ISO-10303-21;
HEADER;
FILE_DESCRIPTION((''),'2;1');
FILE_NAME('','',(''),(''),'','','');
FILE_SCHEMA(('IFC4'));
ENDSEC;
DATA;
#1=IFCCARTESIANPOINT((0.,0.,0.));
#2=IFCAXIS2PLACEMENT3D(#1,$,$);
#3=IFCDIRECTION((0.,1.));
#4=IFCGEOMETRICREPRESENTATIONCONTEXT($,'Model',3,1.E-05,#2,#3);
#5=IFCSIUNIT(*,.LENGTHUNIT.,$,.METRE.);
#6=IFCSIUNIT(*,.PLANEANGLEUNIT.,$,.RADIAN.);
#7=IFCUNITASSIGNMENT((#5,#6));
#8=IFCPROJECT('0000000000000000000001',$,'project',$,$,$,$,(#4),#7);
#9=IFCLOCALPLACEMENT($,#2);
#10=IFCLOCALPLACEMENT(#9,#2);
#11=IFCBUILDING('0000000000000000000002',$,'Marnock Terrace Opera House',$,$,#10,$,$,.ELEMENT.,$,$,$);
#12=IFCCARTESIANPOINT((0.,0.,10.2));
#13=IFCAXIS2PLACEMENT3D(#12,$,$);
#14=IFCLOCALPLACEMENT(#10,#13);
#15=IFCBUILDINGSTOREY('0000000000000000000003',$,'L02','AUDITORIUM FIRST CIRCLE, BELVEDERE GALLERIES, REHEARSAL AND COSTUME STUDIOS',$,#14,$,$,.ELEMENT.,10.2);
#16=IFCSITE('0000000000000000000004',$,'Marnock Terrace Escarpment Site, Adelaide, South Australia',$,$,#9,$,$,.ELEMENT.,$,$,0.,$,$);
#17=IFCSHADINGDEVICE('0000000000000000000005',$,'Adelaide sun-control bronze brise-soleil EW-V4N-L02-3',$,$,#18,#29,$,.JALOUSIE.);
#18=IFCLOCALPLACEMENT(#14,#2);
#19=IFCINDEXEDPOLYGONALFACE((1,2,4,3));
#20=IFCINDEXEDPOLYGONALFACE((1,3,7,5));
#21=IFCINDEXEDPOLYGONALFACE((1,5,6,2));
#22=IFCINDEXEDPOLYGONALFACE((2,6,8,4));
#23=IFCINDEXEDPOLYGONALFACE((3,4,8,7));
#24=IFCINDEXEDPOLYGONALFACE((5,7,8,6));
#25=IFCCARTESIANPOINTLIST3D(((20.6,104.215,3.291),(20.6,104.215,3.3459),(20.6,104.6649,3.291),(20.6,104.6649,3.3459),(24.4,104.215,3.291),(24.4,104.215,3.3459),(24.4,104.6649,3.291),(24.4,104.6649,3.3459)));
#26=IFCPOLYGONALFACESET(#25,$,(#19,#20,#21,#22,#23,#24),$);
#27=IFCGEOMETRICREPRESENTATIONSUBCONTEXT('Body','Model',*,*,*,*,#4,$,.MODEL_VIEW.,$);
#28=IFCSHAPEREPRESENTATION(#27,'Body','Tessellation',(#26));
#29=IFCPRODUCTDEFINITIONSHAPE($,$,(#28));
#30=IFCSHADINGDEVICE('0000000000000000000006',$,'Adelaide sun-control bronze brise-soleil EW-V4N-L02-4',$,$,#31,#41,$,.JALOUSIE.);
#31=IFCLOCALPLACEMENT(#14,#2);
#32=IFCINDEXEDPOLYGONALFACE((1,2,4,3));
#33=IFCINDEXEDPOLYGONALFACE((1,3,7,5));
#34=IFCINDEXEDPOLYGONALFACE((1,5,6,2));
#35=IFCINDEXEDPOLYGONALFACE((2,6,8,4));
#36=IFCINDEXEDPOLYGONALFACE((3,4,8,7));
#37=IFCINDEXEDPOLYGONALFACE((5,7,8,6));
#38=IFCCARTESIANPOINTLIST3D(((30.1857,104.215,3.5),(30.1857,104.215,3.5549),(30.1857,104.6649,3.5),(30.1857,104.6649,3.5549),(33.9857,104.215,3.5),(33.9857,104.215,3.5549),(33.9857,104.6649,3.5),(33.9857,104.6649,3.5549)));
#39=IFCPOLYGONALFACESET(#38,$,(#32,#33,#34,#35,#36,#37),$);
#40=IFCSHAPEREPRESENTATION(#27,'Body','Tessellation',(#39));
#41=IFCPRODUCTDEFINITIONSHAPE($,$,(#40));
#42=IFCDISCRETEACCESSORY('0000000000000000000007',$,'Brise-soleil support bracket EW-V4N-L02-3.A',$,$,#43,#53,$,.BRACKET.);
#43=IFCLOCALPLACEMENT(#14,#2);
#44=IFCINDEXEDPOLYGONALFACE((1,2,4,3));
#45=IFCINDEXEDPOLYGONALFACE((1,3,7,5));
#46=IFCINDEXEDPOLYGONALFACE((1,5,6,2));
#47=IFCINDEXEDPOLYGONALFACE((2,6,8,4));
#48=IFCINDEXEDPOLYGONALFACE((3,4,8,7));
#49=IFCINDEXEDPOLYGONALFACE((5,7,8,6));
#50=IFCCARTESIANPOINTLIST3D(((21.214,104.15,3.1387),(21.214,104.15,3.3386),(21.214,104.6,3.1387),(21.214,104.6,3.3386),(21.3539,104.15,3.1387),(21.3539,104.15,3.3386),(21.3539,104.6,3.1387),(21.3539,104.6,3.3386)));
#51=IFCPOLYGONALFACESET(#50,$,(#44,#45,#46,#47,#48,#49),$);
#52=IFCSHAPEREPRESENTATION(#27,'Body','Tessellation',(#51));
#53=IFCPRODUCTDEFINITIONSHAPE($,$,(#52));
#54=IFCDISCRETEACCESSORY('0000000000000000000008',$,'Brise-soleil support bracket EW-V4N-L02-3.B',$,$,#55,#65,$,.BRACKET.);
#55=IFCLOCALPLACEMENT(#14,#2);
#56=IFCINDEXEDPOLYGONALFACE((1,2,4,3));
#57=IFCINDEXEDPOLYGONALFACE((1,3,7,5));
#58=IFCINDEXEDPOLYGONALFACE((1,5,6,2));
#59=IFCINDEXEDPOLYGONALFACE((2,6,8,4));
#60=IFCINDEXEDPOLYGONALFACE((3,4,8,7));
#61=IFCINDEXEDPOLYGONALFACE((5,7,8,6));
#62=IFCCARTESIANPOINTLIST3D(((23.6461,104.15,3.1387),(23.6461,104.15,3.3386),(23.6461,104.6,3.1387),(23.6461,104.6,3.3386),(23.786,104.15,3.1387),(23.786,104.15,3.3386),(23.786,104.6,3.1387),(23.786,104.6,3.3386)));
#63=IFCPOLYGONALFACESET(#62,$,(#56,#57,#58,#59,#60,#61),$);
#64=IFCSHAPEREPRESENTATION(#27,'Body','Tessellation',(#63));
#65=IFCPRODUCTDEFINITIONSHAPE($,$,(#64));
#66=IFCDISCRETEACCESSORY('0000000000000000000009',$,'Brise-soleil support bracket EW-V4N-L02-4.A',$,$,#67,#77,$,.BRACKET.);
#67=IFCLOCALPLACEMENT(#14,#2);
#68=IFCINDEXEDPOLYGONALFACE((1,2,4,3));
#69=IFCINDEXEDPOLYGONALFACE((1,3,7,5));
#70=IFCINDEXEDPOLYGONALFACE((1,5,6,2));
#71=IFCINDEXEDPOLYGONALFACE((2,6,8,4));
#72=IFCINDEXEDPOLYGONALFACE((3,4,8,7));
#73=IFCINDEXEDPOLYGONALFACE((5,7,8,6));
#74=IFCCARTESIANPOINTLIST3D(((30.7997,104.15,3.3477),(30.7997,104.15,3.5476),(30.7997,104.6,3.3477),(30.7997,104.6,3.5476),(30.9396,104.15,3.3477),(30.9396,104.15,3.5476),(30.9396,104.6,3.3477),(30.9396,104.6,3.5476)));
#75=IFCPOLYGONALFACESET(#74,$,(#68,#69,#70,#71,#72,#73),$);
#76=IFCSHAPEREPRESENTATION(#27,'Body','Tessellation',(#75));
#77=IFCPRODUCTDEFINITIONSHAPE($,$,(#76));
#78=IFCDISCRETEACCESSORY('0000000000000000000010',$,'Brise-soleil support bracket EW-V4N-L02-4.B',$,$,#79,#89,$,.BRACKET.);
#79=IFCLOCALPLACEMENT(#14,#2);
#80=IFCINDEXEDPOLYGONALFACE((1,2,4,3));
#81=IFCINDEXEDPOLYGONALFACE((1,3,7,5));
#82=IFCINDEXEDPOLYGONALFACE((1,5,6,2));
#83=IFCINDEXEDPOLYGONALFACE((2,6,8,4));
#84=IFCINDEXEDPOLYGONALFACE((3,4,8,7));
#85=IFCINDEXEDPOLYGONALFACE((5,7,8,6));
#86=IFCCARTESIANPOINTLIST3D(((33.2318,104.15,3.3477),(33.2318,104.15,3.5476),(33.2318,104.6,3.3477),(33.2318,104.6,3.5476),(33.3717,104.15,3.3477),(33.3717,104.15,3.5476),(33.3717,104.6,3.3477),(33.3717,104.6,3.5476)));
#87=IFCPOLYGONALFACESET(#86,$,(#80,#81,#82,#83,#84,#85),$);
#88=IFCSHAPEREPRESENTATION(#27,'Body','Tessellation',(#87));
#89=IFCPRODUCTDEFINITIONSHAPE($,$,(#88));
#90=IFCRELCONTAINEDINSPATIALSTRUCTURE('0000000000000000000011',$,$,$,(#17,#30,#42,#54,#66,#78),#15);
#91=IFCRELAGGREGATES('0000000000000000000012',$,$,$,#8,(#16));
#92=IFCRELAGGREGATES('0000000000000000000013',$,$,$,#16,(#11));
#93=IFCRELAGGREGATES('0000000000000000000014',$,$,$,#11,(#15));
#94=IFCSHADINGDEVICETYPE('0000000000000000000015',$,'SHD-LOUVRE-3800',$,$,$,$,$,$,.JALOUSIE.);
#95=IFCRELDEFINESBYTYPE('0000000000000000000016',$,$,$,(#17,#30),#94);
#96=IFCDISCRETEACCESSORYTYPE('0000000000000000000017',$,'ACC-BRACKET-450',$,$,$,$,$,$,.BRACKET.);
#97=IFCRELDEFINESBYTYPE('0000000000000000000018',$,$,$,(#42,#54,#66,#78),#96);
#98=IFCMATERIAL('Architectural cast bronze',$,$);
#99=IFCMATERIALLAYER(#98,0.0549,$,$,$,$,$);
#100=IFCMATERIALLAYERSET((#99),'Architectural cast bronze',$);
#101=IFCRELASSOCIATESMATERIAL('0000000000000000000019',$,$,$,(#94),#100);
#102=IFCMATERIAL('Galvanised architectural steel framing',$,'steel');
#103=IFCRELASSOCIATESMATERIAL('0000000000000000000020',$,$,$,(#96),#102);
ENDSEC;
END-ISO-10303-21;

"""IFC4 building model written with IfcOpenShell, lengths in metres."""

from ifc_helpers import new_model, si_unit, direction, frame, origin, origin_2d, place, context, subcontext, project, spatial, rectangle, extrude, material, layer, layer_set, type_object, element, save


model = new_model("IFC4")

# Units and contexts
model_context = context("Model", 3, precision=1e-05, world=origin(), true_north=direction((0.0, 1.0)))
body_context = subcontext(model_context, "Body", "Model", "MODEL_VIEW")
ifc_project = project(units=[si_unit("LENGTHUNIT", "METRE"), si_unit("PLANEANGLEUNIT", "RADIAN")], contexts=[model_context])

# Site, building, storey
site_placement = place(None, origin())
site = spatial("IfcSite", under=ifc_project, at=site_placement, Name="Marnock Terrace Escarpment Site, Adelaide, South Australia", CompositionType="ELEMENT", RefElevation=0.0)
building_placement = place(site_placement, origin())
building = spatial("IfcBuilding", under=site, at=building_placement, Name="Marnock Terrace Opera House", CompositionType="ELEMENT")
storey_placement = place(building_placement, frame((0.0, 0.0, 10.2)))
storey = spatial("IfcBuildingStorey", under=building, at=storey_placement, Name="L02", Description="AUDITORIUM FIRST CIRCLE, BELVEDERE GALLERIES, REHEARSAL AND COSTUME STUDIOS", CompositionType="ELEMENT", Elevation=10.2)

# Shading devices
ifc_material_1 = material(Name="Architectural cast bronze")
ifc_layer_1 = layer(ifc_material_1, 0.0549)
ifc_layer_set_1 = layer_set([ifc_layer_1], Name="Architectural cast bronze")
shading_device_type = type_object("IfcShadingDeviceType", Name="SHD-LOUVRE-3800", PredefinedType="JALOUSIE", material=ifc_layer_set_1)
for number, where, z_axis, x_axis, name in (
    (1, (22.5, 104.4399, 3.291), (0.0, 0.0, 1.0), (1.0, 0.0, 0.0), "Adelaide sun-control bronze brise-soleil EW-V4N-L02-3"),
    (2, (32.0857, 104.4399, 3.5), (0.0, 0.0, 1.0), (1.0, 0.0, 0.0), "Adelaide sun-control bronze brise-soleil EW-V4N-L02-4"),
):
    element("IfcShadingDevice", number, at=place(storey_placement, frame(where, z_axis=z_axis, x_axis=x_axis)), inside=storey, type_object=shading_device_type, Name=name, PredefinedType="JALOUSIE", context=body_context, shape_type="SweptSolid", body=[
        extrude(rectangle(XDim=3.8, YDim=0.45, at=origin_2d()), origin(), (0.0, 0.0, 1.0), 0.0549),
    ])

# Discrete accessories
ifc_material_2 = material(Name="Galvanised architectural steel framing", Category="steel")
discrete_accessory_type = type_object("IfcDiscreteAccessoryType", Name="ACC-BRACKET-450", PredefinedType="BRACKET", material=ifc_material_2)
for number, where, z_axis, x_axis, name in (
    (3, (21.2839, 104.375, 3.1387), (0.0, 0.0, 1.0), (1.0, 0.0, 0.0), "Brise-soleil support bracket EW-V4N-L02-3.A"),
    (4, (23.7161, 104.375, 3.1387), (0.0, 0.0, 1.0), (1.0, 0.0, 0.0), "Brise-soleil support bracket EW-V4N-L02-3.B"),
    (5, (30.8696, 104.375, 3.3477), (0.0, 0.0, 1.0), (1.0, 0.0, 0.0), "Brise-soleil support bracket EW-V4N-L02-4.A"),
    (6, (33.3018, 104.375, 3.3477), (0.0, 0.0, 1.0), (1.0, 0.0, 0.0), "Brise-soleil support bracket EW-V4N-L02-4.B"),
):
    element("IfcDiscreteAccessory", number, at=place(storey_placement, frame(where, z_axis=z_axis, x_axis=x_axis)), inside=storey, type_object=discrete_accessory_type, Name=name, PredefinedType="BRACKET", context=body_context, shape_type="SweptSolid", body=[
        extrude(rectangle(XDim=0.1399, YDim=0.45, at=origin_2d()), origin(), (0.0, 0.0, 1.0), 0.2),
    ])

save(model, "model.ifc")
